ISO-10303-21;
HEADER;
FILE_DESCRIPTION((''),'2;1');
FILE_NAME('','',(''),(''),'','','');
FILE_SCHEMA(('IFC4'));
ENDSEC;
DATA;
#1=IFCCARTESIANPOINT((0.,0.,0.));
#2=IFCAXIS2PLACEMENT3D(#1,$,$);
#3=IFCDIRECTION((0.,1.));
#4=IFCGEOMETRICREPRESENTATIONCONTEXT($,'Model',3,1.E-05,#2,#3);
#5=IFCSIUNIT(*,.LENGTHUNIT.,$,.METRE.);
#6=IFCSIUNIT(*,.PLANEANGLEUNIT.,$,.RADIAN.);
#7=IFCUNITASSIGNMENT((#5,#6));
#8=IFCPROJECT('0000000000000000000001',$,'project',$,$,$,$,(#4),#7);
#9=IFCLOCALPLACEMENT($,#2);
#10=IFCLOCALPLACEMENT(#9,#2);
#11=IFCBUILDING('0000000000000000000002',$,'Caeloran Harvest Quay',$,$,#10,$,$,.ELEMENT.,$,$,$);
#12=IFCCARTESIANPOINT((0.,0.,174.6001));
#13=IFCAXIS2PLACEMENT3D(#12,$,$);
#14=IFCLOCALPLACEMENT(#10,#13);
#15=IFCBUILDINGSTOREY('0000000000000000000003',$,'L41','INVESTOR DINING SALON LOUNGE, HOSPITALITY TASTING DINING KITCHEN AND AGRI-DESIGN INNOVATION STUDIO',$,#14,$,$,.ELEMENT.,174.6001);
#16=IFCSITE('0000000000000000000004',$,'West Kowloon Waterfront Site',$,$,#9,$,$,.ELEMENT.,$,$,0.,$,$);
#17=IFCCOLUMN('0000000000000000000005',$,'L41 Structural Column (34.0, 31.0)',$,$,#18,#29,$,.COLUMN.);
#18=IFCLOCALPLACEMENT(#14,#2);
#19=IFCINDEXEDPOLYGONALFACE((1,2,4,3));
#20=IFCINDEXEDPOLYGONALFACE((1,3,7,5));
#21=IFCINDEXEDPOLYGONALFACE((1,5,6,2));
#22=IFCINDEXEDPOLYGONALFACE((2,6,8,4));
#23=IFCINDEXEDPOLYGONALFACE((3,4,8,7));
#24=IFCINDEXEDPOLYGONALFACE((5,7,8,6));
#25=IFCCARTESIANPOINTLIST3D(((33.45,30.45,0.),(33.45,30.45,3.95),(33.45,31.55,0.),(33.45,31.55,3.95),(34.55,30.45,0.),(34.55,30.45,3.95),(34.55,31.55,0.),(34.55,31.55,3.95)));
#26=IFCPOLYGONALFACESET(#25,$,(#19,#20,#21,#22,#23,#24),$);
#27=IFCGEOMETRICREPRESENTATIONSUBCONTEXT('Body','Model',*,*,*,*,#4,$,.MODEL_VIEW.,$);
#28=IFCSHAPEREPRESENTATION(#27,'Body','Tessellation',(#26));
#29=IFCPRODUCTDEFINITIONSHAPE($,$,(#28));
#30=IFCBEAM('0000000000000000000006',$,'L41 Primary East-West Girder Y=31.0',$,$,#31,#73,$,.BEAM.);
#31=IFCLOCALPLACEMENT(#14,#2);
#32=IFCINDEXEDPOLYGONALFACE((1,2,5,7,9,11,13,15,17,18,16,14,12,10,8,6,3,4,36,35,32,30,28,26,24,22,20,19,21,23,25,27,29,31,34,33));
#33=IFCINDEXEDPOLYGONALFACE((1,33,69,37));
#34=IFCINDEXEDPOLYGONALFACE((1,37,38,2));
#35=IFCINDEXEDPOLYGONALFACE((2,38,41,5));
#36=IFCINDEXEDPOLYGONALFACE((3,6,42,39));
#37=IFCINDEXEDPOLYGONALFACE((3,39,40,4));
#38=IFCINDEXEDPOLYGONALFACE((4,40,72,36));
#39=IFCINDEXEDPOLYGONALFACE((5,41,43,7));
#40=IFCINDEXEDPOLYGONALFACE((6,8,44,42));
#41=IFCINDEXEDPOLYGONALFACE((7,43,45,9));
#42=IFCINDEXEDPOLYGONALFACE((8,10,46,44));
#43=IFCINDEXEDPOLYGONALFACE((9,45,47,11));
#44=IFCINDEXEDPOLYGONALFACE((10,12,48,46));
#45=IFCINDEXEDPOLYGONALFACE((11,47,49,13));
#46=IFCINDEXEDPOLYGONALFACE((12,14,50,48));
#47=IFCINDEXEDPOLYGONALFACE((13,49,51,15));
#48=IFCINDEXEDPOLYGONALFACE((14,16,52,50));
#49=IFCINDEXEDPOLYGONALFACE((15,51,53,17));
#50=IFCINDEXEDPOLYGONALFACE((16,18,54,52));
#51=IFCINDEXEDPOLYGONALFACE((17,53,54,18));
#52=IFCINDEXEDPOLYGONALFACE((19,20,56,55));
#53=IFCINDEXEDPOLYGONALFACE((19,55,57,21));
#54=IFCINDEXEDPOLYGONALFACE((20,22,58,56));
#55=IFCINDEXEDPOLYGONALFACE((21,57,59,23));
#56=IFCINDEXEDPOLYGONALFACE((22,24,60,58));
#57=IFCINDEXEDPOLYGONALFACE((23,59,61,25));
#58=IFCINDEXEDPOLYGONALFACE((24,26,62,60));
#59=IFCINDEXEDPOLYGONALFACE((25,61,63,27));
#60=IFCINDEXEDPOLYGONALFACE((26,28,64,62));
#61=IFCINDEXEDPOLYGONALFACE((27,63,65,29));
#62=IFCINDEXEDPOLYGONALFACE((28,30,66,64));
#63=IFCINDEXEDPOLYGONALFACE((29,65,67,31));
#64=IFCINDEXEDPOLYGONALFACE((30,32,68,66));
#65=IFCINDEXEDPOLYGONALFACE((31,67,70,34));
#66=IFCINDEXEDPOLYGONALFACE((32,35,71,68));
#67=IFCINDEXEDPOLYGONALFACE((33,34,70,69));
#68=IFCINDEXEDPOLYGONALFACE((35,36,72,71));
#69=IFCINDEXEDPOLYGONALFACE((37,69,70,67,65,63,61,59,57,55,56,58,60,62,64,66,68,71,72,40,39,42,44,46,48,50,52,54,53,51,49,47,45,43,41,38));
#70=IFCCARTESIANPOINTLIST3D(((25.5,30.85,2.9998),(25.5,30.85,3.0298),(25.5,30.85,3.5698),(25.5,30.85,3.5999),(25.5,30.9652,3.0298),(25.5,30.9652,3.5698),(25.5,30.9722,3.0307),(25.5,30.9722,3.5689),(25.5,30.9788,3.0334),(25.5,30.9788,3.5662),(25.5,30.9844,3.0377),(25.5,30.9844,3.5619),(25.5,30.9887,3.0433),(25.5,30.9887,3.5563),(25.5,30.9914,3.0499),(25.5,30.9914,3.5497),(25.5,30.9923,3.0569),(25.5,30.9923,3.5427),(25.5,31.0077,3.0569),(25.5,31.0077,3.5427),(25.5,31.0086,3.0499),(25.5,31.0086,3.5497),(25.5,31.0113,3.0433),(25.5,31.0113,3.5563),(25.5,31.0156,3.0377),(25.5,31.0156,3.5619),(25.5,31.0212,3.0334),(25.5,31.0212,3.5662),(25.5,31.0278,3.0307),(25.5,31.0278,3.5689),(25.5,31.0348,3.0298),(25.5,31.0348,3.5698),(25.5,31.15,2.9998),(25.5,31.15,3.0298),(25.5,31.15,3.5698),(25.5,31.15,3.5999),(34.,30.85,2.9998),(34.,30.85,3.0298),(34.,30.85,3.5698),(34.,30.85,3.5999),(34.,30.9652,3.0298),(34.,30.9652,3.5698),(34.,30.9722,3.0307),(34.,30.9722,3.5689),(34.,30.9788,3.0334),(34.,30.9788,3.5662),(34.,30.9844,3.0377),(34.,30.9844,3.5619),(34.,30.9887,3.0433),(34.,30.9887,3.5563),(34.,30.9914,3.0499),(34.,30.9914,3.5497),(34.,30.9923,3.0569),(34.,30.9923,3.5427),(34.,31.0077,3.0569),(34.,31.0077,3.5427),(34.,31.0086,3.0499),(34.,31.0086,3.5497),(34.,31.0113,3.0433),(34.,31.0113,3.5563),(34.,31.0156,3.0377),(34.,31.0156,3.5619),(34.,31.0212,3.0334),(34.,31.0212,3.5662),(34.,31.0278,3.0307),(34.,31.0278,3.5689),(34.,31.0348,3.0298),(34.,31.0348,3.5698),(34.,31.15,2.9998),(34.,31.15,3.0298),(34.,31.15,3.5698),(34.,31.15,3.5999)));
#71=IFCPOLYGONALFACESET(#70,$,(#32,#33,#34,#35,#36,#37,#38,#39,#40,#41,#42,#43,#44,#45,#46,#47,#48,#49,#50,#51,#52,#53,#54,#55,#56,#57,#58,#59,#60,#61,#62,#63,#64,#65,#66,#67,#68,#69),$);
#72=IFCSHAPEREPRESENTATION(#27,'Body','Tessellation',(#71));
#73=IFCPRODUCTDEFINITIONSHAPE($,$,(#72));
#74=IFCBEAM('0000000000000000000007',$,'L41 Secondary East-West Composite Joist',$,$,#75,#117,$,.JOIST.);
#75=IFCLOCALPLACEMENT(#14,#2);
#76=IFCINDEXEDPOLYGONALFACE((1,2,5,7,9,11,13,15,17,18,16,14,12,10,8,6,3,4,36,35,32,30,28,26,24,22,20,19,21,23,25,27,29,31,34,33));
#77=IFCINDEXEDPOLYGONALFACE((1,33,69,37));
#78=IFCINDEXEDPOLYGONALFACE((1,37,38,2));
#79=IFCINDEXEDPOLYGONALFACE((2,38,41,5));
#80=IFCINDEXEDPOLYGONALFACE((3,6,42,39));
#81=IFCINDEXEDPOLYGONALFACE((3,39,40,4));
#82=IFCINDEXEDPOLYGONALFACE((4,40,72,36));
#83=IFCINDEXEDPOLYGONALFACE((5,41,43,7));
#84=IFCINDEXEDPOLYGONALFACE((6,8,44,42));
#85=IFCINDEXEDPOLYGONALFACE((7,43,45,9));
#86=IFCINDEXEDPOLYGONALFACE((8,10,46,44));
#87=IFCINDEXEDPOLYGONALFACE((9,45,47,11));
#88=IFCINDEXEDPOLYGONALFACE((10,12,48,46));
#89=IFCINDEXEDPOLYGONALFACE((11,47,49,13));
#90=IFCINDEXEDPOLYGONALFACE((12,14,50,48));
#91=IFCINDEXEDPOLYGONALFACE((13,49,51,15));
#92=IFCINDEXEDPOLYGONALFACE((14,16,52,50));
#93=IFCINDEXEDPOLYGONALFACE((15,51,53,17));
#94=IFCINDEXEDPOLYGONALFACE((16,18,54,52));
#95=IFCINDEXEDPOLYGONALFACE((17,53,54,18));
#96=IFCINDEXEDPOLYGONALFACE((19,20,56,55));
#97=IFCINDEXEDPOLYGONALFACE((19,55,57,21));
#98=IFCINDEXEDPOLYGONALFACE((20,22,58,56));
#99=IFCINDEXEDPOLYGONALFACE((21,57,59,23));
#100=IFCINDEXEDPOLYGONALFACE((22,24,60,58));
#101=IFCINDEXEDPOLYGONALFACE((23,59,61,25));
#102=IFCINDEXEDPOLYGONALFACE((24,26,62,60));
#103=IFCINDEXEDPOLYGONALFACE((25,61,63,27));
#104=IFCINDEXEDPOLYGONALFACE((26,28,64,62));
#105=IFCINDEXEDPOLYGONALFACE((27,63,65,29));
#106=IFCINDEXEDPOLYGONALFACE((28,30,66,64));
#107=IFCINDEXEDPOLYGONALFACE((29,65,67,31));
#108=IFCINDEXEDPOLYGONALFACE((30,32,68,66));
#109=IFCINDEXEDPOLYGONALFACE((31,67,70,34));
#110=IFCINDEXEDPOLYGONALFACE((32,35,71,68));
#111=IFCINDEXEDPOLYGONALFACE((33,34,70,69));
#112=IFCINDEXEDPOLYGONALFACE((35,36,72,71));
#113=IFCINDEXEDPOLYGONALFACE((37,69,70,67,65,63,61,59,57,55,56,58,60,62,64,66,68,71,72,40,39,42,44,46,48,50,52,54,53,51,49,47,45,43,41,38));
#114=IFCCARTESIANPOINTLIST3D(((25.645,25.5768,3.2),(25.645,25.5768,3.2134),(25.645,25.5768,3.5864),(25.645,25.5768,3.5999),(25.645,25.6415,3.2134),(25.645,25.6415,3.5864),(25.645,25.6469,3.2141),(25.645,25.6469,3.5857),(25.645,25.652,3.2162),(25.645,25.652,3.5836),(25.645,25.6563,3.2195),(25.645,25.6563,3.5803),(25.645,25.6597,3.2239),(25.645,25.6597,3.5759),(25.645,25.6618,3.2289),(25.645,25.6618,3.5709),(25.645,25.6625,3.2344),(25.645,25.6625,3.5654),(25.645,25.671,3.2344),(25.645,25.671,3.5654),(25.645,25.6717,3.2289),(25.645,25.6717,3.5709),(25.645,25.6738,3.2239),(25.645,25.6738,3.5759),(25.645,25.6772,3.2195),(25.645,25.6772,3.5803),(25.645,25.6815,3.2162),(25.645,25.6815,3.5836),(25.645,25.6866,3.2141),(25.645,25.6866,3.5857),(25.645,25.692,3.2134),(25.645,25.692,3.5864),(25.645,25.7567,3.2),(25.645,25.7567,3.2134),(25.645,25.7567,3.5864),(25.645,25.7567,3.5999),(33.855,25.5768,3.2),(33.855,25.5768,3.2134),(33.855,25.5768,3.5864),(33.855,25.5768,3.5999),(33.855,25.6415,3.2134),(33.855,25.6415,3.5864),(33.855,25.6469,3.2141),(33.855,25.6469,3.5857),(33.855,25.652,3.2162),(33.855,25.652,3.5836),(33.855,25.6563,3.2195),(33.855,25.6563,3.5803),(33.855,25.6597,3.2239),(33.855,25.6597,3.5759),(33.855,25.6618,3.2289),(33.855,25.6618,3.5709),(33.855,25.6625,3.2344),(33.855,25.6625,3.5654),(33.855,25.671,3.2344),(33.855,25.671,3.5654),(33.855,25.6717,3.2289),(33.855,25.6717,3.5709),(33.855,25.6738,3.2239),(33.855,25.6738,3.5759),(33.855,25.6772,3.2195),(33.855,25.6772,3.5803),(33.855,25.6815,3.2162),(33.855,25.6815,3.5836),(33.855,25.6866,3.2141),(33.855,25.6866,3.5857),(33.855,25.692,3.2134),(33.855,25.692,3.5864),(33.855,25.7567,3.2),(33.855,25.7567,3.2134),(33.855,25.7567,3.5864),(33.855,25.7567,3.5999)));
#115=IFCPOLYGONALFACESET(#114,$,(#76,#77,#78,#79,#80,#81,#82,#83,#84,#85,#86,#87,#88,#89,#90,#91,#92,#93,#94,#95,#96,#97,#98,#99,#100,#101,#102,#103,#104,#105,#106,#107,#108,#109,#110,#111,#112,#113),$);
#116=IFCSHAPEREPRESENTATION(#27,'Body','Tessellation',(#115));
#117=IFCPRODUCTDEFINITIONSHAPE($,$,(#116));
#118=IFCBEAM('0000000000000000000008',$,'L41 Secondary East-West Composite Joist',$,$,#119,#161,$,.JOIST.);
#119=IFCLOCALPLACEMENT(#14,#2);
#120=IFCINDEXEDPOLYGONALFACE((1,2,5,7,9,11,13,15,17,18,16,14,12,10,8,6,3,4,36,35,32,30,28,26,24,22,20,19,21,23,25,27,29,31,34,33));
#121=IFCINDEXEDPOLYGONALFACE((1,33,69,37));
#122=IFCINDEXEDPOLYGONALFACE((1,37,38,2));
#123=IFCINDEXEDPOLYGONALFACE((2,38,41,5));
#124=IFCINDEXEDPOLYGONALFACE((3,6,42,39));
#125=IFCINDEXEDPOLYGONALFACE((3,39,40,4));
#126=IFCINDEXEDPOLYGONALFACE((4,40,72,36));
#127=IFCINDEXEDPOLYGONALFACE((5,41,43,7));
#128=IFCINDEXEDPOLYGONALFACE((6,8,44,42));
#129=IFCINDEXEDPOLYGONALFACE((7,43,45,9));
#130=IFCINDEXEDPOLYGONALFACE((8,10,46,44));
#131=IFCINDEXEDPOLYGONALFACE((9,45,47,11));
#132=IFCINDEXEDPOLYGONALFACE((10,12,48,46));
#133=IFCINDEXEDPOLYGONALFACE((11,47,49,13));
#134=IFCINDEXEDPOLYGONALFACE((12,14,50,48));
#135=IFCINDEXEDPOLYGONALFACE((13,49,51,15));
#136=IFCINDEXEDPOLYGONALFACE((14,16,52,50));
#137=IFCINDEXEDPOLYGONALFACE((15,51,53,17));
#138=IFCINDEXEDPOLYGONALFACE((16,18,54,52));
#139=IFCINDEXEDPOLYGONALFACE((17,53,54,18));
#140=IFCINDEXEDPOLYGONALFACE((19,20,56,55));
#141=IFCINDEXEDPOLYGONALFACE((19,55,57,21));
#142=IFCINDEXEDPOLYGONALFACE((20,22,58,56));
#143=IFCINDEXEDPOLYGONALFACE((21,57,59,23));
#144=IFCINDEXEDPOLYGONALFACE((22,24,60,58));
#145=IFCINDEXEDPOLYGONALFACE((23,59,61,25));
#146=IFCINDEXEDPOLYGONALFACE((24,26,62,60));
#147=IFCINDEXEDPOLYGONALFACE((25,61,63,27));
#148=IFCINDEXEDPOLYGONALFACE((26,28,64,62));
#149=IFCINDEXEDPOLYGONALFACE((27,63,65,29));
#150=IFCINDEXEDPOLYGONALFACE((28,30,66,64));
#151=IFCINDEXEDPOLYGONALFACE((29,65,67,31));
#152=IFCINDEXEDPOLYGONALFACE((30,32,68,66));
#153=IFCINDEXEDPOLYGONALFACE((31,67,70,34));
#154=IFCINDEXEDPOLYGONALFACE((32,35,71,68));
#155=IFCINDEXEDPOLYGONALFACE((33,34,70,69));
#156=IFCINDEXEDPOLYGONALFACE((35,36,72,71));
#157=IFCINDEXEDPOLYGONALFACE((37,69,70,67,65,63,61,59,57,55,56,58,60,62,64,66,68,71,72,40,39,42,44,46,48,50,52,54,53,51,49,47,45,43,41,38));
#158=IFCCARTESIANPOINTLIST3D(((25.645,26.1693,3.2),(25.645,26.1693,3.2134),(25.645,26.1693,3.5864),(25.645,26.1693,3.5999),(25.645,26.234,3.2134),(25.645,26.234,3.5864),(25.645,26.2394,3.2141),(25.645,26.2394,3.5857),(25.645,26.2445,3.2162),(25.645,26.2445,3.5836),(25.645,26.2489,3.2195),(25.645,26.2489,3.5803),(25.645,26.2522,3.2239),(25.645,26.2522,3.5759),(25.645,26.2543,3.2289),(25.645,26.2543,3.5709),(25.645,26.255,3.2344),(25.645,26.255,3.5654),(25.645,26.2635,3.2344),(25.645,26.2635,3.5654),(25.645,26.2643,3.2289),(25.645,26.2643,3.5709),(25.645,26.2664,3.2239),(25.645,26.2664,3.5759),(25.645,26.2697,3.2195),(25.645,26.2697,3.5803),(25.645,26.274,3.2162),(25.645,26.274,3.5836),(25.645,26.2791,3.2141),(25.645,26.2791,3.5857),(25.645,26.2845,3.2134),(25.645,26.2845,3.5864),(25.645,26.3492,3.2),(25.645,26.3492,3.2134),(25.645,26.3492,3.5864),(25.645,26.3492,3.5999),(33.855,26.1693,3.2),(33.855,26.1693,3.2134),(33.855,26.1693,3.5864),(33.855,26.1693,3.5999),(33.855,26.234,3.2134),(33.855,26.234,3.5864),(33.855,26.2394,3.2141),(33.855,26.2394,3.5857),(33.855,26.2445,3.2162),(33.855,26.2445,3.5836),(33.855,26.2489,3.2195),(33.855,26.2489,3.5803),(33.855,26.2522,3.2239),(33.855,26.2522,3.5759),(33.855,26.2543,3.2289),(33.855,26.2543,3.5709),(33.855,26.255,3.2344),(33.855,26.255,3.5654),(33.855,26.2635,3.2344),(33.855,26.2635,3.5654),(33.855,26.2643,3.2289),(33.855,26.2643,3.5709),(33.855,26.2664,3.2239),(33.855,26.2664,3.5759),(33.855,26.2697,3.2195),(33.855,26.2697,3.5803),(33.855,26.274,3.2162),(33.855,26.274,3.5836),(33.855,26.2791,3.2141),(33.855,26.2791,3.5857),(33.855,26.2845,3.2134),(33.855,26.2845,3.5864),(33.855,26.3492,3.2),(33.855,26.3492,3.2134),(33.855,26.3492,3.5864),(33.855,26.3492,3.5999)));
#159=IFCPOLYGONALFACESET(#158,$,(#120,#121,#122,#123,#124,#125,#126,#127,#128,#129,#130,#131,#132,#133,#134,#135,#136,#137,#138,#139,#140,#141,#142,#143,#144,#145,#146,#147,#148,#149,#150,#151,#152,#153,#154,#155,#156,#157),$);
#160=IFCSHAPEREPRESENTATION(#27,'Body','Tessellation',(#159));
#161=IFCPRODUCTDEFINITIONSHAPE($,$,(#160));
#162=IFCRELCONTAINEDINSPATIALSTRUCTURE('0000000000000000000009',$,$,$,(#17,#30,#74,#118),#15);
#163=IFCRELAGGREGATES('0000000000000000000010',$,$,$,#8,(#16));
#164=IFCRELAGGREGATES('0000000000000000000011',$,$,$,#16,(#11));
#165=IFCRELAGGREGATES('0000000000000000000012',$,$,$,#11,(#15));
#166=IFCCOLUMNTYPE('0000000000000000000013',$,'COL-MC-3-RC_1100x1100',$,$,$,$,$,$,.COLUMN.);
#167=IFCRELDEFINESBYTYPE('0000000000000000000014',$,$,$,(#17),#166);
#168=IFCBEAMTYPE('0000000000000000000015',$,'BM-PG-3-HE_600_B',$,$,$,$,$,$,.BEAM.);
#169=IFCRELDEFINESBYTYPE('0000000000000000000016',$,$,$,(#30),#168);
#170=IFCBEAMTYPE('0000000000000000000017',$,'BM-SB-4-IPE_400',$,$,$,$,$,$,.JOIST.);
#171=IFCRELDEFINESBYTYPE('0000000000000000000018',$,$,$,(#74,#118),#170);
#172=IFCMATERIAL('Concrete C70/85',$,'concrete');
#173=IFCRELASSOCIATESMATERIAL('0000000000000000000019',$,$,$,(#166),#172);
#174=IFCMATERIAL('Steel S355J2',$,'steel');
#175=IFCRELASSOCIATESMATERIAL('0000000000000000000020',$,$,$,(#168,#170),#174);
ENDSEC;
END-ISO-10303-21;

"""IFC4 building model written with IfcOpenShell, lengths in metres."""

from ifc_helpers import new_model, si_unit, direction, frame, origin, origin_2d, place, context, subcontext, project, spatial, rectangle, i_section, extrude, material, material_profile, profile_set, type_object, element, save


model = new_model("IFC4")

# Units and contexts
model_context = context("Model", 3, precision=1e-05, world=origin(), true_north=direction((0.0, 1.0)))
body_context = subcontext(model_context, "Body", "Model", "MODEL_VIEW")
ifc_project = project(units=[si_unit("LENGTHUNIT", "METRE"), si_unit("PLANEANGLEUNIT", "RADIAN")], contexts=[model_context])

# Site, building, storey
site_placement = place(None, origin())
site = spatial("IfcSite", under=ifc_project, at=site_placement, Name="West Kowloon Waterfront Site", CompositionType="ELEMENT", RefElevation=0.0)
building_placement = place(site_placement, origin())
building = spatial("IfcBuilding", under=site, at=building_placement, Name="Caeloran Harvest Quay", CompositionType="ELEMENT")
storey_placement = place(building_placement, frame((0.0, 0.0, 174.6001)))
storey = spatial("IfcBuildingStorey", under=building, at=storey_placement, Name="L41", Description="INVESTOR DINING SALON LOUNGE, HOSPITALITY TASTING DINING KITCHEN AND AGRI-DESIGN INNOVATION STUDIO", CompositionType="ELEMENT", Elevation=174.6001)

# Column
ifc_material_1 = material(Name="Concrete C70/85", Category="concrete")
ifc_material_profile_1 = material_profile(ifc_material_1, rectangle(XDim=1.1001, YDim=1.1001, at=origin_2d()), Name="RC 1100x1100")
ifc_profile_set_1 = profile_set([ifc_material_profile_1], Name="Concrete C70/85")
column_type = type_object("IfcColumnType", Name="COL-MC-3-RC_1100x1100", PredefinedType="COLUMN", material=ifc_profile_set_1)
column_placement = place(storey_placement, frame((34.0, 31.0, 0.0), z_axis=(0.0, 0.0, 1.0), x_axis=(1.0, 0.0, 0.0)))
element("IfcColumn", 1, at=column_placement, inside=storey, type_object=column_type, Name="L41 Structural Column (34.0, 31.0)", PredefinedType="COLUMN", context=body_context, shape_type="SweptSolid", body=[
    extrude(rectangle(XDim=1.1001, YDim=1.1001, at=origin_2d()), origin(), (0.0, 0.0, 1.0), 3.95),
])

# Beams
ifc_material_2 = material(Name="Steel S355J2", Category="steel")
ifc_material_profile_2 = material_profile(ifc_material_2, i_section(OverallWidth=0.3, OverallDepth=0.6001, WebThickness=0.0154, FlangeThickness=0.03, FilletRadius=0.0271, at=origin_2d()), Name="HE 600 B")
ifc_profile_set_2 = profile_set([ifc_material_profile_2], Name="Steel S355J2")
beam_type_1 = type_object("IfcBeamType", Name="BM-PG-3-HE_600_B", PredefinedType="BEAM", material=ifc_profile_set_2)
beam_placement = place(storey_placement, frame((25.5, 31.0, 3.2998), z_axis=(1.0, 0.0, 0.0), x_axis=(0.0, 1.0, 0.0)))
element("IfcBeam", 2, at=beam_placement, inside=storey, type_object=beam_type_1, Name="L41 Primary East-West Girder Y=31.0", PredefinedType="BEAM", context=body_context, shape_type="SweptSolid", body=[
    extrude(i_section(OverallWidth=0.3, OverallDepth=0.6001, WebThickness=0.0154, FlangeThickness=0.03, FilletRadius=0.0271, at=origin_2d()), origin(), (0.0, 0.0, 1.0), 8.5),
])
ifc_material_profile_3 = material_profile(ifc_material_2, i_section(OverallWidth=0.1799, OverallDepth=0.3999, WebThickness=0.0085, FlangeThickness=0.0134, FilletRadius=0.021, at=origin_2d()), Name="IPE 400")
ifc_profile_set_3 = profile_set([ifc_material_profile_3], Name="Steel S355J2")
beam_type_2 = type_object("IfcBeamType", Name="BM-SB-4-IPE_400", PredefinedType="JOIST", material=ifc_profile_set_3)
for number, where, z_axis, x_axis, name in (
    (3, (25.645, 25.6667, 3.3999), (1.0, 0.0, 0.0), (0.0, 1.0, 0.0), "L41 Secondary East-West Composite Joist"),
    (4, (25.645, 26.2593, 3.3999), (1.0, 0.0, 0.0), (0.0, 1.0, 0.0), "L41 Secondary East-West Composite Joist"),
):
    element("IfcBeam", number, at=place(storey_placement, frame(where, z_axis=z_axis, x_axis=x_axis)), inside=storey, type_object=beam_type_2, Name=name, PredefinedType="JOIST", context=body_context, shape_type="SweptSolid", body=[
        extrude(i_section(OverallWidth=0.1799, OverallDepth=0.3999, WebThickness=0.0085, FlangeThickness=0.0134, FilletRadius=0.021, at=origin_2d()), origin(), (0.0, 0.0, 1.0), 8.21),
    ])

save(model, "model.ifc")
